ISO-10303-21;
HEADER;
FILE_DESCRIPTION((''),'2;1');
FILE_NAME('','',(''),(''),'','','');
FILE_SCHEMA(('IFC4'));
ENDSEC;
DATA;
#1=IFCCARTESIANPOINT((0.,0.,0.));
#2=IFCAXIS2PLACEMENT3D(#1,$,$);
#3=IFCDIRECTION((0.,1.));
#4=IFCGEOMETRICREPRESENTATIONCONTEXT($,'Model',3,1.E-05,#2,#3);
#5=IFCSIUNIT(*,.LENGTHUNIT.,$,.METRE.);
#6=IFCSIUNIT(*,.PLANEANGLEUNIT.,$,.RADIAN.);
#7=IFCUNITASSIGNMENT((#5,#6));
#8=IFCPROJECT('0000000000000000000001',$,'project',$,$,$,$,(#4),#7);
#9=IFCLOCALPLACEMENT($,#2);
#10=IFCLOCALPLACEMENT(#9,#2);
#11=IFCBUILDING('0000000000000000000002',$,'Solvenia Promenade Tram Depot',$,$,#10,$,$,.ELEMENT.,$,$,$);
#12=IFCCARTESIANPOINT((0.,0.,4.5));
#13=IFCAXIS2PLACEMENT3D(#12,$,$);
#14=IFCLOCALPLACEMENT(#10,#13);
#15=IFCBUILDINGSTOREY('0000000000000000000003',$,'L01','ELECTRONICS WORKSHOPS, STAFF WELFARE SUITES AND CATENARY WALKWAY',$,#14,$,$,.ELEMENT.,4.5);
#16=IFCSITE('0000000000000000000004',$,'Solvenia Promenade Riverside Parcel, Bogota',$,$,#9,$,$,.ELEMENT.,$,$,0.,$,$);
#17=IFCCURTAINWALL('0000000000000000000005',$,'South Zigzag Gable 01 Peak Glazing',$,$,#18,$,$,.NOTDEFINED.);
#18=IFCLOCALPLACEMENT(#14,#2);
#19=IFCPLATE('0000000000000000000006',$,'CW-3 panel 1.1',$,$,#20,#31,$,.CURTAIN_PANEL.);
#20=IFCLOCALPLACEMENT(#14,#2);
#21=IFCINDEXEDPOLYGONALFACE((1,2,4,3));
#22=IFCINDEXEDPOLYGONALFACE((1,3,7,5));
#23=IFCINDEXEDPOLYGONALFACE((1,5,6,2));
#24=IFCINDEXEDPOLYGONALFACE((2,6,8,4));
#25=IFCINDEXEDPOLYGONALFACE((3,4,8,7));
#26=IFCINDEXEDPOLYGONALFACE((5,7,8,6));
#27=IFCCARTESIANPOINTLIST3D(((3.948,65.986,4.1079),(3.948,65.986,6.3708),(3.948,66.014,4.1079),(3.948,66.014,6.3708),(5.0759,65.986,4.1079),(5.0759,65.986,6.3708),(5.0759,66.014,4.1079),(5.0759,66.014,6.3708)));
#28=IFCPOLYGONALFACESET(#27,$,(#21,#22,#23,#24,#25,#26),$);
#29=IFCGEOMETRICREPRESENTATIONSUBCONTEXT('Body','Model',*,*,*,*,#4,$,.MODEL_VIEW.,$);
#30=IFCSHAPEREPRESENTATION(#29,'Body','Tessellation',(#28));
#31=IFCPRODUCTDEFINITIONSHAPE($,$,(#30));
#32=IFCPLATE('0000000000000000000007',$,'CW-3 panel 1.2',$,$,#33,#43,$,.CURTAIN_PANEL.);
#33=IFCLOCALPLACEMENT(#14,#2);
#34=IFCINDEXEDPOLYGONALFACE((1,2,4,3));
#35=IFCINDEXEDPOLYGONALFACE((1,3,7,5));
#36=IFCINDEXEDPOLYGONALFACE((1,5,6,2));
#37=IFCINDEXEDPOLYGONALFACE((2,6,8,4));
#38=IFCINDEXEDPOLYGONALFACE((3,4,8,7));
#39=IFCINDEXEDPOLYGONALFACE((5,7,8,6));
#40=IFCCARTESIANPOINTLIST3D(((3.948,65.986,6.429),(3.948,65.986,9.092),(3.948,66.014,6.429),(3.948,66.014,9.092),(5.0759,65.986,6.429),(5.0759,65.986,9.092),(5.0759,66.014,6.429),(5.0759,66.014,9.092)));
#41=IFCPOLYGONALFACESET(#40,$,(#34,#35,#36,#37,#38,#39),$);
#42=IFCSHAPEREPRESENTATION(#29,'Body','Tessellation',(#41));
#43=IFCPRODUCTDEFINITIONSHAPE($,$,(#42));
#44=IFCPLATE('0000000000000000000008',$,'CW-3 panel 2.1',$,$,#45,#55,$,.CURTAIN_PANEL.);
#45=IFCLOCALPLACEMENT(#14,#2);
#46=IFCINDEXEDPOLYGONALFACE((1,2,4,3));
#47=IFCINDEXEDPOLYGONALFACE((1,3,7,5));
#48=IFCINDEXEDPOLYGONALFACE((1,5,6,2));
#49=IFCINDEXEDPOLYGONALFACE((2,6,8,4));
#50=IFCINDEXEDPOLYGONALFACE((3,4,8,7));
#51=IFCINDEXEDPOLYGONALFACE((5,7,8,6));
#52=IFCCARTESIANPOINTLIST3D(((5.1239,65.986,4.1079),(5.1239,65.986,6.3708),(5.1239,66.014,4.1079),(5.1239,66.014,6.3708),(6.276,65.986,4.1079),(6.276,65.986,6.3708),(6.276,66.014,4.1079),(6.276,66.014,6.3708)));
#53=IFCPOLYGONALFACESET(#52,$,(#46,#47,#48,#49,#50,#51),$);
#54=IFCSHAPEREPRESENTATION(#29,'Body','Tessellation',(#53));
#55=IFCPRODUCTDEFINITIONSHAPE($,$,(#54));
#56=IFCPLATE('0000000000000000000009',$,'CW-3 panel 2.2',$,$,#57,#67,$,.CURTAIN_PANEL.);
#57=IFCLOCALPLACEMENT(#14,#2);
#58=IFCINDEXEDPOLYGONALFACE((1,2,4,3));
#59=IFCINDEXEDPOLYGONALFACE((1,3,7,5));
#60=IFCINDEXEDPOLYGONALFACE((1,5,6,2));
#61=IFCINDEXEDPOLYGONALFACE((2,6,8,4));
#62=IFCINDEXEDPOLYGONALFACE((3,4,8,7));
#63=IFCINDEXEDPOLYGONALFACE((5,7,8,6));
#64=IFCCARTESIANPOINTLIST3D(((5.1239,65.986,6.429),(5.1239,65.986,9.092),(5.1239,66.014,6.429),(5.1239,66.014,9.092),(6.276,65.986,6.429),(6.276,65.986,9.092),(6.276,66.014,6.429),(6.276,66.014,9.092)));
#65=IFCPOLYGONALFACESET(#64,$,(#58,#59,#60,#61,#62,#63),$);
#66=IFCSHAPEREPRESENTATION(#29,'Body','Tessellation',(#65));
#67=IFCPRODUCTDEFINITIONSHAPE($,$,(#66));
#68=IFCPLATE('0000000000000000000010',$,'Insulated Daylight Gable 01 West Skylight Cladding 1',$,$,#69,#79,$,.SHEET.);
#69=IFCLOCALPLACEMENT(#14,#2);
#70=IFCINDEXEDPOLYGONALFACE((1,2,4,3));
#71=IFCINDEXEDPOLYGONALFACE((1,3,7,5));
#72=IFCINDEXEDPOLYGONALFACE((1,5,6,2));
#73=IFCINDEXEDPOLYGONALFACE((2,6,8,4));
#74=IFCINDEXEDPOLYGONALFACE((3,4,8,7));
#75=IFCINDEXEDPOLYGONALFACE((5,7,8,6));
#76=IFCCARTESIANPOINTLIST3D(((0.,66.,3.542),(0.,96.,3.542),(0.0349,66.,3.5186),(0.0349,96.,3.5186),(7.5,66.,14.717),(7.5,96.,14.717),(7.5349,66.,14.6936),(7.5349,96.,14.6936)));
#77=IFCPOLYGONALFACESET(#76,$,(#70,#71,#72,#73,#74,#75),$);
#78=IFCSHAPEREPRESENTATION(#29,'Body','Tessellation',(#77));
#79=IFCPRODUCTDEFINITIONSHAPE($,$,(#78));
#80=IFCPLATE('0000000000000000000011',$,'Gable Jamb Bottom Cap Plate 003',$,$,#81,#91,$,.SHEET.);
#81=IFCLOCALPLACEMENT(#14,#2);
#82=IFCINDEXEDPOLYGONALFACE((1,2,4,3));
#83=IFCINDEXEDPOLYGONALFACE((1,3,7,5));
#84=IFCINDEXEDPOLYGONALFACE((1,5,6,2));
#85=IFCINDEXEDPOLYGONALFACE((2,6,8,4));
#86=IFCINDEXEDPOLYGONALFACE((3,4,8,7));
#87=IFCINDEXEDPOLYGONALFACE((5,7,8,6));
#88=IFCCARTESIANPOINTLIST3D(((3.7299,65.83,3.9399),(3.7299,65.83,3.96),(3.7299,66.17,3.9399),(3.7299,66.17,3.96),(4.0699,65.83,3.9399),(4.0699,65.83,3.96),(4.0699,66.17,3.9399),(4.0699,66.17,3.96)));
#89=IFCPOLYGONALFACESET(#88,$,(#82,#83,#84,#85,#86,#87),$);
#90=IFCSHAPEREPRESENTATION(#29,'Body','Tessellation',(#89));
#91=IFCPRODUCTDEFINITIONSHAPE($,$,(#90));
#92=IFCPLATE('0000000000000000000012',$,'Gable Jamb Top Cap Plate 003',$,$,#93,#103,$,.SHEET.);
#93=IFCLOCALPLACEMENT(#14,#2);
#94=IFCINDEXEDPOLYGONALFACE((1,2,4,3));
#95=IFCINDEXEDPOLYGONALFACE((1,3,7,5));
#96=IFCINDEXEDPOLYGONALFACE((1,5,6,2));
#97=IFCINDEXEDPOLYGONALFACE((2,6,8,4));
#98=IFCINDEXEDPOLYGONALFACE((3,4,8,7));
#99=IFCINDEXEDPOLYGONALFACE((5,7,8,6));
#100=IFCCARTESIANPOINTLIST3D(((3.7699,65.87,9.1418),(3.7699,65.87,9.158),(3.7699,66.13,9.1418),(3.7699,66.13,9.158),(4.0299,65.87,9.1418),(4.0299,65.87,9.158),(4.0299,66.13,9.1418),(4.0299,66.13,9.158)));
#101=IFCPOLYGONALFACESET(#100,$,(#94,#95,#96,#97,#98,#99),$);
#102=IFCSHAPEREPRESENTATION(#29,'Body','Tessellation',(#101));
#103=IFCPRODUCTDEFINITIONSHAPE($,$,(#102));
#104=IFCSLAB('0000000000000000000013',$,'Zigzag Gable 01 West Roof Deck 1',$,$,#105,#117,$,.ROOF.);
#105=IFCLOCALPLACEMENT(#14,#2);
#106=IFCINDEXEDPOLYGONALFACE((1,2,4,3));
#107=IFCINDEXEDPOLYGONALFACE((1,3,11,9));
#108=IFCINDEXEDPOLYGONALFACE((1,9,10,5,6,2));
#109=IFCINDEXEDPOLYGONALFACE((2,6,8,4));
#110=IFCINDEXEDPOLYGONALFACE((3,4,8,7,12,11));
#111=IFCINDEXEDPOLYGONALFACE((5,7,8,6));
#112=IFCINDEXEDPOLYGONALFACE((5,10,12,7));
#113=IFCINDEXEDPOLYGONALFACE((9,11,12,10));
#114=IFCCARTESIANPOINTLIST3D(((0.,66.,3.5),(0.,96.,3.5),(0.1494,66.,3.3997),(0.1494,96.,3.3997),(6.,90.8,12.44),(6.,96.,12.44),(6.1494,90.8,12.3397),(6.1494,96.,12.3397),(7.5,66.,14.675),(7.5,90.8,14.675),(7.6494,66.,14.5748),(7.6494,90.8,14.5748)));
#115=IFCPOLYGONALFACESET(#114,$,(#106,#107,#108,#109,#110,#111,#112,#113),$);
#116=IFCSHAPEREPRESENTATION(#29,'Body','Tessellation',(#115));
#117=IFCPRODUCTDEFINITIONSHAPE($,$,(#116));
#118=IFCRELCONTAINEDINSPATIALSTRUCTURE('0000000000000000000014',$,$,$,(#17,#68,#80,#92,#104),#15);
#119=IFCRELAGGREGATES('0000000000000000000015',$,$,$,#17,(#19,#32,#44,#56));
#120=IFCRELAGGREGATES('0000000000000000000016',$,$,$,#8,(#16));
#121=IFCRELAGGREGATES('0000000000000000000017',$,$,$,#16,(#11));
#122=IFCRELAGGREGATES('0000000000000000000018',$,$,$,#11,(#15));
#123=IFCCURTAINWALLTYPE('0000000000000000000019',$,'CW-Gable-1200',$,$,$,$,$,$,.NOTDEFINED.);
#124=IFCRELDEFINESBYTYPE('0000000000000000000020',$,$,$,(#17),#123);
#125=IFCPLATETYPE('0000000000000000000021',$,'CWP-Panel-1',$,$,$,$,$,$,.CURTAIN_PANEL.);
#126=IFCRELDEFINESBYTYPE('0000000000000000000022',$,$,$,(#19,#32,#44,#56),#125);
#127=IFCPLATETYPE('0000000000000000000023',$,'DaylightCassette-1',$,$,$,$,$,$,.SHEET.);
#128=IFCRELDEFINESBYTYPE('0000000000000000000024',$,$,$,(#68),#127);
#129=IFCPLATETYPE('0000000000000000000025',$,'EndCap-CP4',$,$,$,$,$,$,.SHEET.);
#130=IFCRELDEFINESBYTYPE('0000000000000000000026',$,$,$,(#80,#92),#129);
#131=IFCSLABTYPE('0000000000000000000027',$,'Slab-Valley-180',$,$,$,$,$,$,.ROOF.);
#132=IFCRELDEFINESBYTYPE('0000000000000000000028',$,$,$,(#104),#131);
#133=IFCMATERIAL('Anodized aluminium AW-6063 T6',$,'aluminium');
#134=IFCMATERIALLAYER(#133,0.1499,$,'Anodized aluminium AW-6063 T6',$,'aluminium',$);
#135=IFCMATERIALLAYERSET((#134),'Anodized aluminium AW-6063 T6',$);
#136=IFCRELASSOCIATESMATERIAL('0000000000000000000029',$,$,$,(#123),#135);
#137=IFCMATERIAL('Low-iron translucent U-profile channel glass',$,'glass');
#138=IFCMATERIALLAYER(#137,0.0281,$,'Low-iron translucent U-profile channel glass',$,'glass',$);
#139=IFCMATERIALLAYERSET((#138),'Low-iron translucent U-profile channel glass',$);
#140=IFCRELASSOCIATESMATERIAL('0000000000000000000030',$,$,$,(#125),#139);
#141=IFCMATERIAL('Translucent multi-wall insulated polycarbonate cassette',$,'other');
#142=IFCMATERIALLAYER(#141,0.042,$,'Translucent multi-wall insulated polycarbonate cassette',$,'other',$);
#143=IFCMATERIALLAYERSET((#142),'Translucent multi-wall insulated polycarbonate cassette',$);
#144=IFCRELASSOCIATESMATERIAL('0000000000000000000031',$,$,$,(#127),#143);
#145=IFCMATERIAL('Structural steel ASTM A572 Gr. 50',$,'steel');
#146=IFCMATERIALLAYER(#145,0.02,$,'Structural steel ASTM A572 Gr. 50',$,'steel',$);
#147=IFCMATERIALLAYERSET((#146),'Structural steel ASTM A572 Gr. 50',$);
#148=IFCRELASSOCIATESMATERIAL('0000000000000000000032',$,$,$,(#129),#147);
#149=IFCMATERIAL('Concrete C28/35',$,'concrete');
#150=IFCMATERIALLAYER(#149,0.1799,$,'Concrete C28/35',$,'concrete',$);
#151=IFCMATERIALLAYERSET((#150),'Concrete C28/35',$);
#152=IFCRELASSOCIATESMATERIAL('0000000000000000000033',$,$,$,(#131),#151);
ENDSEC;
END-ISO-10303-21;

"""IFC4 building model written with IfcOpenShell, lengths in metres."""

from ifc_helpers import new_model, si_unit, direction, frame, origin, origin_2d, place, context, subcontext, project, spatial, polyline, rectangle, outline, extrude, material, layer, layer_set, type_object, element, aggregate, save


model = new_model("IFC4")

# Units and contexts
model_context = context("Model", 3, precision=1e-05, world=origin(), true_north=direction((0.0, 1.0)))
body_context = subcontext(model_context, "Body", "Model", "MODEL_VIEW")
ifc_project = project(units=[si_unit("LENGTHUNIT", "METRE"), si_unit("PLANEANGLEUNIT", "RADIAN")], contexts=[model_context])

# Site, building, storey
site_placement = place(None, origin())
site = spatial("IfcSite", under=ifc_project, at=site_placement, Name="Solvenia Promenade Riverside Parcel, Bogota", CompositionType="ELEMENT", RefElevation=0.0)
building_placement = place(site_placement, origin())
building = spatial("IfcBuilding", under=site, at=building_placement, Name="Solvenia Promenade Tram Depot", CompositionType="ELEMENT")
storey_placement = place(building_placement, frame((0.0, 0.0, 4.5)))
storey = spatial("IfcBuildingStorey", under=building, at=storey_placement, Name="L01", Description="ELECTRONICS WORKSHOPS, STAFF WELFARE SUITES AND CATENARY WALKWAY", CompositionType="ELEMENT", Elevation=4.5)

# Curtain wall
ifc_material_1 = material(Name="Anodized aluminium AW-6063 T6", Category="aluminium")
ifc_layer_1 = layer(ifc_material_1, 0.1499, Name="Anodized aluminium AW-6063 T6", Category="aluminium")
ifc_layer_set_1 = layer_set([ifc_layer_1], Name="Anodized aluminium AW-6063 T6")
curtain_wall_type_1 = type_object("IfcCurtainWallType", Name="CW-Gable-1200", PredefinedType="NOTDEFINED", material=ifc_layer_set_1)
curtain_wall_1_placement = place(storey_placement, origin())
curtain_wall_1 = element("IfcCurtainWall", 1, at=curtain_wall_1_placement, inside=storey, type_object=curtain_wall_type_1, Name="South Zigzag Gable 01 Peak Glazing", PredefinedType="NOTDEFINED")

# Plates
ifc_material_2 = material(Name="Low-iron translucent U-profile channel glass", Category="glass")
ifc_layer_2 = layer(ifc_material_2, 0.0281, Name="Low-iron translucent U-profile channel glass", Category="glass")
ifc_layer_set_2 = layer_set([ifc_layer_2], Name="Low-iron translucent U-profile channel glass")
plate_type_1 = type_object("IfcPlateType", Name="CWP-Panel-1", PredefinedType="CURTAIN_PANEL", material=ifc_layer_set_2)
plate_1_placement = place(storey_placement, frame((4.512, 66.0, 4.1079), z_axis=(0.0, 0.0, 1.0), x_axis=(1.0, 0.0, 0.0)))
plate_1 = element("IfcPlate", 2, at=plate_1_placement, type_object=plate_type_1, Name="CW-3 panel 1.1", PredefinedType="CURTAIN_PANEL", context=body_context, shape_type="SweptSolid", body=[
    extrude(rectangle(XDim=1.1279, YDim=0.0281, at=origin_2d()), origin(), (0.0, 0.0, 1.0), 2.2629),
])
plate_2_placement = place(storey_placement, frame((4.512, 66.0, 6.429), z_axis=(0.0, 0.0, 1.0), x_axis=(1.0, 0.0, 0.0)))
plate_2 = element("IfcPlate", 3, at=plate_2_placement, type_object=plate_type_1, Name="CW-3 panel 1.2", PredefinedType="CURTAIN_PANEL", context=body_context, shape_type="SweptSolid", body=[
    extrude(rectangle(XDim=1.1279, YDim=0.0281, at=origin_2d()), origin(), (0.0, 0.0, 1.0), 2.6631),
])
plate_3_placement = place(storey_placement, frame((5.7, 66.0, 4.1079), z_axis=(0.0, 0.0, 1.0), x_axis=(1.0, 0.0, 0.0)))
plate_3 = element("IfcPlate", 4, at=plate_3_placement, type_object=plate_type_1, Name="CW-3 panel 2.1", PredefinedType="CURTAIN_PANEL", context=body_context, shape_type="SweptSolid", body=[
    extrude(rectangle(XDim=1.1521, YDim=0.0281, at=origin_2d()), origin(), (0.0, 0.0, 1.0), 2.2629),
])
plate_4_placement = place(storey_placement, frame((5.7, 66.0, 6.429), z_axis=(0.0, 0.0, 1.0), x_axis=(1.0, 0.0, 0.0)))
plate_4 = element("IfcPlate", 5, at=plate_4_placement, type_object=plate_type_1, Name="CW-3 panel 2.2", PredefinedType="CURTAIN_PANEL", context=body_context, shape_type="SweptSolid", body=[
    extrude(rectangle(XDim=1.1521, YDim=0.0281, at=origin_2d()), origin(), (0.0, 0.0, 1.0), 2.6631),
])
aggregate(curtain_wall_1, [plate_1, plate_2, plate_3, plate_4])

# Plates
ifc_material_3 = material(Name="Translucent multi-wall insulated polycarbonate cassette", Category="other")
ifc_layer_3 = layer(ifc_material_3, 0.042, Name="Translucent multi-wall insulated polycarbonate cassette", Category="other")
ifc_layer_set_3 = layer_set([ifc_layer_3], Name="Translucent multi-wall insulated polycarbonate cassette")
plate_type_2 = type_object("IfcPlateType", Name="DaylightCassette-1", PredefinedType="SHEET", material=ifc_layer_set_3)
plate_5_placement = place(storey_placement, frame((0.0, 66.0, 3.542), z_axis=(-0.830333, 0.0, 0.557268), x_axis=(0.0, 1.0, 0.0)))
element("IfcPlate", 6, at=plate_5_placement, inside=storey, type_object=plate_type_2, Name="Insulated Daylight Gable 01 West Skylight Cladding 1", PredefinedType="SHEET", context=body_context, shape_type="SweptSolid", body=[
    extrude(outline(polyline([(0.0, 0.0), (30.0, 0.0), (30.0, -13.4585), (0.0, -13.4585), (0.0, 0.0)])), origin(), (0.0, 0.0, -1.0), 0.042),
])
ifc_material_4 = material(Name="Structural steel ASTM A572 Gr. 50", Category="steel")
ifc_layer_4 = layer(ifc_material_4, 0.02, Name="Structural steel ASTM A572 Gr. 50", Category="steel")
ifc_layer_set_4 = layer_set([ifc_layer_4], Name="Structural steel ASTM A572 Gr. 50")
plate_type_3 = type_object("IfcPlateType", Name="EndCap-CP4", PredefinedType="SHEET", material=ifc_layer_set_4)
plate_6_placement = place(storey_placement, frame((3.8999, 66.0, 3.9399), z_axis=(0.0, 0.0, 1.0), x_axis=(1.0, 0.0, 0.0)))
element("IfcPlate", 7, at=plate_6_placement, inside=storey, type_object=plate_type_3, Name="Gable Jamb Bottom Cap Plate 003", PredefinedType="SHEET", context=body_context, shape_type="SweptSolid", body=[
    extrude(rectangle(XDim=0.3401, YDim=0.3401, at=origin_2d()), origin(), (0.0, 0.0, 1.0), 0.02),
])
plate_7_placement = place(storey_placement, frame((3.8999, 66.0, 9.1418), z_axis=(0.0, 0.0, 1.0), x_axis=(1.0, 0.0, 0.0)))
element("IfcPlate", 8, at=plate_7_placement, inside=storey, type_object=plate_type_3, Name="Gable Jamb Top Cap Plate 003", PredefinedType="SHEET", context=body_context, shape_type="SweptSolid", body=[
    extrude(rectangle(XDim=0.26, YDim=0.26, at=origin_2d()), origin(), (0.0, 0.0, 1.0), 0.0161),
])

# Slab
ifc_material_5 = material(Name="Concrete C28/35", Category="concrete")
ifc_layer_5 = layer(ifc_material_5, 0.1799, Name="Concrete C28/35", Category="concrete")
ifc_layer_set_5 = layer_set([ifc_layer_5], Name="Concrete C28/35")
slab_type = type_object("IfcSlabType", Name="Slab-Valley-180", PredefinedType="ROOF", material=ifc_layer_set_5)
slab_placement = place(storey_placement, frame((0.0, 66.0, 3.5), z_axis=(-0.830332, 0.000001, 0.557268), x_axis=(0.000001, 1.0, -0.000001)))
element("IfcSlab", 9, at=slab_placement, inside=storey, type_object=slab_type, Name="Zigzag Gable 01 West Roof Deck 1", PredefinedType="ROOF", context=body_context, shape_type="SweptSolid", body=[
    extrude(outline(polyline([(0.0, 0.0), (30.0, 0.0), (30.0, -10.7667), (24.8, -10.7667), (24.8, -13.4585), (0.0, -13.4585), (0.0, 0.0)])), origin(), (0.0, 0.0, -1.0), 0.1799),
])

save(model, "model.ifc")
